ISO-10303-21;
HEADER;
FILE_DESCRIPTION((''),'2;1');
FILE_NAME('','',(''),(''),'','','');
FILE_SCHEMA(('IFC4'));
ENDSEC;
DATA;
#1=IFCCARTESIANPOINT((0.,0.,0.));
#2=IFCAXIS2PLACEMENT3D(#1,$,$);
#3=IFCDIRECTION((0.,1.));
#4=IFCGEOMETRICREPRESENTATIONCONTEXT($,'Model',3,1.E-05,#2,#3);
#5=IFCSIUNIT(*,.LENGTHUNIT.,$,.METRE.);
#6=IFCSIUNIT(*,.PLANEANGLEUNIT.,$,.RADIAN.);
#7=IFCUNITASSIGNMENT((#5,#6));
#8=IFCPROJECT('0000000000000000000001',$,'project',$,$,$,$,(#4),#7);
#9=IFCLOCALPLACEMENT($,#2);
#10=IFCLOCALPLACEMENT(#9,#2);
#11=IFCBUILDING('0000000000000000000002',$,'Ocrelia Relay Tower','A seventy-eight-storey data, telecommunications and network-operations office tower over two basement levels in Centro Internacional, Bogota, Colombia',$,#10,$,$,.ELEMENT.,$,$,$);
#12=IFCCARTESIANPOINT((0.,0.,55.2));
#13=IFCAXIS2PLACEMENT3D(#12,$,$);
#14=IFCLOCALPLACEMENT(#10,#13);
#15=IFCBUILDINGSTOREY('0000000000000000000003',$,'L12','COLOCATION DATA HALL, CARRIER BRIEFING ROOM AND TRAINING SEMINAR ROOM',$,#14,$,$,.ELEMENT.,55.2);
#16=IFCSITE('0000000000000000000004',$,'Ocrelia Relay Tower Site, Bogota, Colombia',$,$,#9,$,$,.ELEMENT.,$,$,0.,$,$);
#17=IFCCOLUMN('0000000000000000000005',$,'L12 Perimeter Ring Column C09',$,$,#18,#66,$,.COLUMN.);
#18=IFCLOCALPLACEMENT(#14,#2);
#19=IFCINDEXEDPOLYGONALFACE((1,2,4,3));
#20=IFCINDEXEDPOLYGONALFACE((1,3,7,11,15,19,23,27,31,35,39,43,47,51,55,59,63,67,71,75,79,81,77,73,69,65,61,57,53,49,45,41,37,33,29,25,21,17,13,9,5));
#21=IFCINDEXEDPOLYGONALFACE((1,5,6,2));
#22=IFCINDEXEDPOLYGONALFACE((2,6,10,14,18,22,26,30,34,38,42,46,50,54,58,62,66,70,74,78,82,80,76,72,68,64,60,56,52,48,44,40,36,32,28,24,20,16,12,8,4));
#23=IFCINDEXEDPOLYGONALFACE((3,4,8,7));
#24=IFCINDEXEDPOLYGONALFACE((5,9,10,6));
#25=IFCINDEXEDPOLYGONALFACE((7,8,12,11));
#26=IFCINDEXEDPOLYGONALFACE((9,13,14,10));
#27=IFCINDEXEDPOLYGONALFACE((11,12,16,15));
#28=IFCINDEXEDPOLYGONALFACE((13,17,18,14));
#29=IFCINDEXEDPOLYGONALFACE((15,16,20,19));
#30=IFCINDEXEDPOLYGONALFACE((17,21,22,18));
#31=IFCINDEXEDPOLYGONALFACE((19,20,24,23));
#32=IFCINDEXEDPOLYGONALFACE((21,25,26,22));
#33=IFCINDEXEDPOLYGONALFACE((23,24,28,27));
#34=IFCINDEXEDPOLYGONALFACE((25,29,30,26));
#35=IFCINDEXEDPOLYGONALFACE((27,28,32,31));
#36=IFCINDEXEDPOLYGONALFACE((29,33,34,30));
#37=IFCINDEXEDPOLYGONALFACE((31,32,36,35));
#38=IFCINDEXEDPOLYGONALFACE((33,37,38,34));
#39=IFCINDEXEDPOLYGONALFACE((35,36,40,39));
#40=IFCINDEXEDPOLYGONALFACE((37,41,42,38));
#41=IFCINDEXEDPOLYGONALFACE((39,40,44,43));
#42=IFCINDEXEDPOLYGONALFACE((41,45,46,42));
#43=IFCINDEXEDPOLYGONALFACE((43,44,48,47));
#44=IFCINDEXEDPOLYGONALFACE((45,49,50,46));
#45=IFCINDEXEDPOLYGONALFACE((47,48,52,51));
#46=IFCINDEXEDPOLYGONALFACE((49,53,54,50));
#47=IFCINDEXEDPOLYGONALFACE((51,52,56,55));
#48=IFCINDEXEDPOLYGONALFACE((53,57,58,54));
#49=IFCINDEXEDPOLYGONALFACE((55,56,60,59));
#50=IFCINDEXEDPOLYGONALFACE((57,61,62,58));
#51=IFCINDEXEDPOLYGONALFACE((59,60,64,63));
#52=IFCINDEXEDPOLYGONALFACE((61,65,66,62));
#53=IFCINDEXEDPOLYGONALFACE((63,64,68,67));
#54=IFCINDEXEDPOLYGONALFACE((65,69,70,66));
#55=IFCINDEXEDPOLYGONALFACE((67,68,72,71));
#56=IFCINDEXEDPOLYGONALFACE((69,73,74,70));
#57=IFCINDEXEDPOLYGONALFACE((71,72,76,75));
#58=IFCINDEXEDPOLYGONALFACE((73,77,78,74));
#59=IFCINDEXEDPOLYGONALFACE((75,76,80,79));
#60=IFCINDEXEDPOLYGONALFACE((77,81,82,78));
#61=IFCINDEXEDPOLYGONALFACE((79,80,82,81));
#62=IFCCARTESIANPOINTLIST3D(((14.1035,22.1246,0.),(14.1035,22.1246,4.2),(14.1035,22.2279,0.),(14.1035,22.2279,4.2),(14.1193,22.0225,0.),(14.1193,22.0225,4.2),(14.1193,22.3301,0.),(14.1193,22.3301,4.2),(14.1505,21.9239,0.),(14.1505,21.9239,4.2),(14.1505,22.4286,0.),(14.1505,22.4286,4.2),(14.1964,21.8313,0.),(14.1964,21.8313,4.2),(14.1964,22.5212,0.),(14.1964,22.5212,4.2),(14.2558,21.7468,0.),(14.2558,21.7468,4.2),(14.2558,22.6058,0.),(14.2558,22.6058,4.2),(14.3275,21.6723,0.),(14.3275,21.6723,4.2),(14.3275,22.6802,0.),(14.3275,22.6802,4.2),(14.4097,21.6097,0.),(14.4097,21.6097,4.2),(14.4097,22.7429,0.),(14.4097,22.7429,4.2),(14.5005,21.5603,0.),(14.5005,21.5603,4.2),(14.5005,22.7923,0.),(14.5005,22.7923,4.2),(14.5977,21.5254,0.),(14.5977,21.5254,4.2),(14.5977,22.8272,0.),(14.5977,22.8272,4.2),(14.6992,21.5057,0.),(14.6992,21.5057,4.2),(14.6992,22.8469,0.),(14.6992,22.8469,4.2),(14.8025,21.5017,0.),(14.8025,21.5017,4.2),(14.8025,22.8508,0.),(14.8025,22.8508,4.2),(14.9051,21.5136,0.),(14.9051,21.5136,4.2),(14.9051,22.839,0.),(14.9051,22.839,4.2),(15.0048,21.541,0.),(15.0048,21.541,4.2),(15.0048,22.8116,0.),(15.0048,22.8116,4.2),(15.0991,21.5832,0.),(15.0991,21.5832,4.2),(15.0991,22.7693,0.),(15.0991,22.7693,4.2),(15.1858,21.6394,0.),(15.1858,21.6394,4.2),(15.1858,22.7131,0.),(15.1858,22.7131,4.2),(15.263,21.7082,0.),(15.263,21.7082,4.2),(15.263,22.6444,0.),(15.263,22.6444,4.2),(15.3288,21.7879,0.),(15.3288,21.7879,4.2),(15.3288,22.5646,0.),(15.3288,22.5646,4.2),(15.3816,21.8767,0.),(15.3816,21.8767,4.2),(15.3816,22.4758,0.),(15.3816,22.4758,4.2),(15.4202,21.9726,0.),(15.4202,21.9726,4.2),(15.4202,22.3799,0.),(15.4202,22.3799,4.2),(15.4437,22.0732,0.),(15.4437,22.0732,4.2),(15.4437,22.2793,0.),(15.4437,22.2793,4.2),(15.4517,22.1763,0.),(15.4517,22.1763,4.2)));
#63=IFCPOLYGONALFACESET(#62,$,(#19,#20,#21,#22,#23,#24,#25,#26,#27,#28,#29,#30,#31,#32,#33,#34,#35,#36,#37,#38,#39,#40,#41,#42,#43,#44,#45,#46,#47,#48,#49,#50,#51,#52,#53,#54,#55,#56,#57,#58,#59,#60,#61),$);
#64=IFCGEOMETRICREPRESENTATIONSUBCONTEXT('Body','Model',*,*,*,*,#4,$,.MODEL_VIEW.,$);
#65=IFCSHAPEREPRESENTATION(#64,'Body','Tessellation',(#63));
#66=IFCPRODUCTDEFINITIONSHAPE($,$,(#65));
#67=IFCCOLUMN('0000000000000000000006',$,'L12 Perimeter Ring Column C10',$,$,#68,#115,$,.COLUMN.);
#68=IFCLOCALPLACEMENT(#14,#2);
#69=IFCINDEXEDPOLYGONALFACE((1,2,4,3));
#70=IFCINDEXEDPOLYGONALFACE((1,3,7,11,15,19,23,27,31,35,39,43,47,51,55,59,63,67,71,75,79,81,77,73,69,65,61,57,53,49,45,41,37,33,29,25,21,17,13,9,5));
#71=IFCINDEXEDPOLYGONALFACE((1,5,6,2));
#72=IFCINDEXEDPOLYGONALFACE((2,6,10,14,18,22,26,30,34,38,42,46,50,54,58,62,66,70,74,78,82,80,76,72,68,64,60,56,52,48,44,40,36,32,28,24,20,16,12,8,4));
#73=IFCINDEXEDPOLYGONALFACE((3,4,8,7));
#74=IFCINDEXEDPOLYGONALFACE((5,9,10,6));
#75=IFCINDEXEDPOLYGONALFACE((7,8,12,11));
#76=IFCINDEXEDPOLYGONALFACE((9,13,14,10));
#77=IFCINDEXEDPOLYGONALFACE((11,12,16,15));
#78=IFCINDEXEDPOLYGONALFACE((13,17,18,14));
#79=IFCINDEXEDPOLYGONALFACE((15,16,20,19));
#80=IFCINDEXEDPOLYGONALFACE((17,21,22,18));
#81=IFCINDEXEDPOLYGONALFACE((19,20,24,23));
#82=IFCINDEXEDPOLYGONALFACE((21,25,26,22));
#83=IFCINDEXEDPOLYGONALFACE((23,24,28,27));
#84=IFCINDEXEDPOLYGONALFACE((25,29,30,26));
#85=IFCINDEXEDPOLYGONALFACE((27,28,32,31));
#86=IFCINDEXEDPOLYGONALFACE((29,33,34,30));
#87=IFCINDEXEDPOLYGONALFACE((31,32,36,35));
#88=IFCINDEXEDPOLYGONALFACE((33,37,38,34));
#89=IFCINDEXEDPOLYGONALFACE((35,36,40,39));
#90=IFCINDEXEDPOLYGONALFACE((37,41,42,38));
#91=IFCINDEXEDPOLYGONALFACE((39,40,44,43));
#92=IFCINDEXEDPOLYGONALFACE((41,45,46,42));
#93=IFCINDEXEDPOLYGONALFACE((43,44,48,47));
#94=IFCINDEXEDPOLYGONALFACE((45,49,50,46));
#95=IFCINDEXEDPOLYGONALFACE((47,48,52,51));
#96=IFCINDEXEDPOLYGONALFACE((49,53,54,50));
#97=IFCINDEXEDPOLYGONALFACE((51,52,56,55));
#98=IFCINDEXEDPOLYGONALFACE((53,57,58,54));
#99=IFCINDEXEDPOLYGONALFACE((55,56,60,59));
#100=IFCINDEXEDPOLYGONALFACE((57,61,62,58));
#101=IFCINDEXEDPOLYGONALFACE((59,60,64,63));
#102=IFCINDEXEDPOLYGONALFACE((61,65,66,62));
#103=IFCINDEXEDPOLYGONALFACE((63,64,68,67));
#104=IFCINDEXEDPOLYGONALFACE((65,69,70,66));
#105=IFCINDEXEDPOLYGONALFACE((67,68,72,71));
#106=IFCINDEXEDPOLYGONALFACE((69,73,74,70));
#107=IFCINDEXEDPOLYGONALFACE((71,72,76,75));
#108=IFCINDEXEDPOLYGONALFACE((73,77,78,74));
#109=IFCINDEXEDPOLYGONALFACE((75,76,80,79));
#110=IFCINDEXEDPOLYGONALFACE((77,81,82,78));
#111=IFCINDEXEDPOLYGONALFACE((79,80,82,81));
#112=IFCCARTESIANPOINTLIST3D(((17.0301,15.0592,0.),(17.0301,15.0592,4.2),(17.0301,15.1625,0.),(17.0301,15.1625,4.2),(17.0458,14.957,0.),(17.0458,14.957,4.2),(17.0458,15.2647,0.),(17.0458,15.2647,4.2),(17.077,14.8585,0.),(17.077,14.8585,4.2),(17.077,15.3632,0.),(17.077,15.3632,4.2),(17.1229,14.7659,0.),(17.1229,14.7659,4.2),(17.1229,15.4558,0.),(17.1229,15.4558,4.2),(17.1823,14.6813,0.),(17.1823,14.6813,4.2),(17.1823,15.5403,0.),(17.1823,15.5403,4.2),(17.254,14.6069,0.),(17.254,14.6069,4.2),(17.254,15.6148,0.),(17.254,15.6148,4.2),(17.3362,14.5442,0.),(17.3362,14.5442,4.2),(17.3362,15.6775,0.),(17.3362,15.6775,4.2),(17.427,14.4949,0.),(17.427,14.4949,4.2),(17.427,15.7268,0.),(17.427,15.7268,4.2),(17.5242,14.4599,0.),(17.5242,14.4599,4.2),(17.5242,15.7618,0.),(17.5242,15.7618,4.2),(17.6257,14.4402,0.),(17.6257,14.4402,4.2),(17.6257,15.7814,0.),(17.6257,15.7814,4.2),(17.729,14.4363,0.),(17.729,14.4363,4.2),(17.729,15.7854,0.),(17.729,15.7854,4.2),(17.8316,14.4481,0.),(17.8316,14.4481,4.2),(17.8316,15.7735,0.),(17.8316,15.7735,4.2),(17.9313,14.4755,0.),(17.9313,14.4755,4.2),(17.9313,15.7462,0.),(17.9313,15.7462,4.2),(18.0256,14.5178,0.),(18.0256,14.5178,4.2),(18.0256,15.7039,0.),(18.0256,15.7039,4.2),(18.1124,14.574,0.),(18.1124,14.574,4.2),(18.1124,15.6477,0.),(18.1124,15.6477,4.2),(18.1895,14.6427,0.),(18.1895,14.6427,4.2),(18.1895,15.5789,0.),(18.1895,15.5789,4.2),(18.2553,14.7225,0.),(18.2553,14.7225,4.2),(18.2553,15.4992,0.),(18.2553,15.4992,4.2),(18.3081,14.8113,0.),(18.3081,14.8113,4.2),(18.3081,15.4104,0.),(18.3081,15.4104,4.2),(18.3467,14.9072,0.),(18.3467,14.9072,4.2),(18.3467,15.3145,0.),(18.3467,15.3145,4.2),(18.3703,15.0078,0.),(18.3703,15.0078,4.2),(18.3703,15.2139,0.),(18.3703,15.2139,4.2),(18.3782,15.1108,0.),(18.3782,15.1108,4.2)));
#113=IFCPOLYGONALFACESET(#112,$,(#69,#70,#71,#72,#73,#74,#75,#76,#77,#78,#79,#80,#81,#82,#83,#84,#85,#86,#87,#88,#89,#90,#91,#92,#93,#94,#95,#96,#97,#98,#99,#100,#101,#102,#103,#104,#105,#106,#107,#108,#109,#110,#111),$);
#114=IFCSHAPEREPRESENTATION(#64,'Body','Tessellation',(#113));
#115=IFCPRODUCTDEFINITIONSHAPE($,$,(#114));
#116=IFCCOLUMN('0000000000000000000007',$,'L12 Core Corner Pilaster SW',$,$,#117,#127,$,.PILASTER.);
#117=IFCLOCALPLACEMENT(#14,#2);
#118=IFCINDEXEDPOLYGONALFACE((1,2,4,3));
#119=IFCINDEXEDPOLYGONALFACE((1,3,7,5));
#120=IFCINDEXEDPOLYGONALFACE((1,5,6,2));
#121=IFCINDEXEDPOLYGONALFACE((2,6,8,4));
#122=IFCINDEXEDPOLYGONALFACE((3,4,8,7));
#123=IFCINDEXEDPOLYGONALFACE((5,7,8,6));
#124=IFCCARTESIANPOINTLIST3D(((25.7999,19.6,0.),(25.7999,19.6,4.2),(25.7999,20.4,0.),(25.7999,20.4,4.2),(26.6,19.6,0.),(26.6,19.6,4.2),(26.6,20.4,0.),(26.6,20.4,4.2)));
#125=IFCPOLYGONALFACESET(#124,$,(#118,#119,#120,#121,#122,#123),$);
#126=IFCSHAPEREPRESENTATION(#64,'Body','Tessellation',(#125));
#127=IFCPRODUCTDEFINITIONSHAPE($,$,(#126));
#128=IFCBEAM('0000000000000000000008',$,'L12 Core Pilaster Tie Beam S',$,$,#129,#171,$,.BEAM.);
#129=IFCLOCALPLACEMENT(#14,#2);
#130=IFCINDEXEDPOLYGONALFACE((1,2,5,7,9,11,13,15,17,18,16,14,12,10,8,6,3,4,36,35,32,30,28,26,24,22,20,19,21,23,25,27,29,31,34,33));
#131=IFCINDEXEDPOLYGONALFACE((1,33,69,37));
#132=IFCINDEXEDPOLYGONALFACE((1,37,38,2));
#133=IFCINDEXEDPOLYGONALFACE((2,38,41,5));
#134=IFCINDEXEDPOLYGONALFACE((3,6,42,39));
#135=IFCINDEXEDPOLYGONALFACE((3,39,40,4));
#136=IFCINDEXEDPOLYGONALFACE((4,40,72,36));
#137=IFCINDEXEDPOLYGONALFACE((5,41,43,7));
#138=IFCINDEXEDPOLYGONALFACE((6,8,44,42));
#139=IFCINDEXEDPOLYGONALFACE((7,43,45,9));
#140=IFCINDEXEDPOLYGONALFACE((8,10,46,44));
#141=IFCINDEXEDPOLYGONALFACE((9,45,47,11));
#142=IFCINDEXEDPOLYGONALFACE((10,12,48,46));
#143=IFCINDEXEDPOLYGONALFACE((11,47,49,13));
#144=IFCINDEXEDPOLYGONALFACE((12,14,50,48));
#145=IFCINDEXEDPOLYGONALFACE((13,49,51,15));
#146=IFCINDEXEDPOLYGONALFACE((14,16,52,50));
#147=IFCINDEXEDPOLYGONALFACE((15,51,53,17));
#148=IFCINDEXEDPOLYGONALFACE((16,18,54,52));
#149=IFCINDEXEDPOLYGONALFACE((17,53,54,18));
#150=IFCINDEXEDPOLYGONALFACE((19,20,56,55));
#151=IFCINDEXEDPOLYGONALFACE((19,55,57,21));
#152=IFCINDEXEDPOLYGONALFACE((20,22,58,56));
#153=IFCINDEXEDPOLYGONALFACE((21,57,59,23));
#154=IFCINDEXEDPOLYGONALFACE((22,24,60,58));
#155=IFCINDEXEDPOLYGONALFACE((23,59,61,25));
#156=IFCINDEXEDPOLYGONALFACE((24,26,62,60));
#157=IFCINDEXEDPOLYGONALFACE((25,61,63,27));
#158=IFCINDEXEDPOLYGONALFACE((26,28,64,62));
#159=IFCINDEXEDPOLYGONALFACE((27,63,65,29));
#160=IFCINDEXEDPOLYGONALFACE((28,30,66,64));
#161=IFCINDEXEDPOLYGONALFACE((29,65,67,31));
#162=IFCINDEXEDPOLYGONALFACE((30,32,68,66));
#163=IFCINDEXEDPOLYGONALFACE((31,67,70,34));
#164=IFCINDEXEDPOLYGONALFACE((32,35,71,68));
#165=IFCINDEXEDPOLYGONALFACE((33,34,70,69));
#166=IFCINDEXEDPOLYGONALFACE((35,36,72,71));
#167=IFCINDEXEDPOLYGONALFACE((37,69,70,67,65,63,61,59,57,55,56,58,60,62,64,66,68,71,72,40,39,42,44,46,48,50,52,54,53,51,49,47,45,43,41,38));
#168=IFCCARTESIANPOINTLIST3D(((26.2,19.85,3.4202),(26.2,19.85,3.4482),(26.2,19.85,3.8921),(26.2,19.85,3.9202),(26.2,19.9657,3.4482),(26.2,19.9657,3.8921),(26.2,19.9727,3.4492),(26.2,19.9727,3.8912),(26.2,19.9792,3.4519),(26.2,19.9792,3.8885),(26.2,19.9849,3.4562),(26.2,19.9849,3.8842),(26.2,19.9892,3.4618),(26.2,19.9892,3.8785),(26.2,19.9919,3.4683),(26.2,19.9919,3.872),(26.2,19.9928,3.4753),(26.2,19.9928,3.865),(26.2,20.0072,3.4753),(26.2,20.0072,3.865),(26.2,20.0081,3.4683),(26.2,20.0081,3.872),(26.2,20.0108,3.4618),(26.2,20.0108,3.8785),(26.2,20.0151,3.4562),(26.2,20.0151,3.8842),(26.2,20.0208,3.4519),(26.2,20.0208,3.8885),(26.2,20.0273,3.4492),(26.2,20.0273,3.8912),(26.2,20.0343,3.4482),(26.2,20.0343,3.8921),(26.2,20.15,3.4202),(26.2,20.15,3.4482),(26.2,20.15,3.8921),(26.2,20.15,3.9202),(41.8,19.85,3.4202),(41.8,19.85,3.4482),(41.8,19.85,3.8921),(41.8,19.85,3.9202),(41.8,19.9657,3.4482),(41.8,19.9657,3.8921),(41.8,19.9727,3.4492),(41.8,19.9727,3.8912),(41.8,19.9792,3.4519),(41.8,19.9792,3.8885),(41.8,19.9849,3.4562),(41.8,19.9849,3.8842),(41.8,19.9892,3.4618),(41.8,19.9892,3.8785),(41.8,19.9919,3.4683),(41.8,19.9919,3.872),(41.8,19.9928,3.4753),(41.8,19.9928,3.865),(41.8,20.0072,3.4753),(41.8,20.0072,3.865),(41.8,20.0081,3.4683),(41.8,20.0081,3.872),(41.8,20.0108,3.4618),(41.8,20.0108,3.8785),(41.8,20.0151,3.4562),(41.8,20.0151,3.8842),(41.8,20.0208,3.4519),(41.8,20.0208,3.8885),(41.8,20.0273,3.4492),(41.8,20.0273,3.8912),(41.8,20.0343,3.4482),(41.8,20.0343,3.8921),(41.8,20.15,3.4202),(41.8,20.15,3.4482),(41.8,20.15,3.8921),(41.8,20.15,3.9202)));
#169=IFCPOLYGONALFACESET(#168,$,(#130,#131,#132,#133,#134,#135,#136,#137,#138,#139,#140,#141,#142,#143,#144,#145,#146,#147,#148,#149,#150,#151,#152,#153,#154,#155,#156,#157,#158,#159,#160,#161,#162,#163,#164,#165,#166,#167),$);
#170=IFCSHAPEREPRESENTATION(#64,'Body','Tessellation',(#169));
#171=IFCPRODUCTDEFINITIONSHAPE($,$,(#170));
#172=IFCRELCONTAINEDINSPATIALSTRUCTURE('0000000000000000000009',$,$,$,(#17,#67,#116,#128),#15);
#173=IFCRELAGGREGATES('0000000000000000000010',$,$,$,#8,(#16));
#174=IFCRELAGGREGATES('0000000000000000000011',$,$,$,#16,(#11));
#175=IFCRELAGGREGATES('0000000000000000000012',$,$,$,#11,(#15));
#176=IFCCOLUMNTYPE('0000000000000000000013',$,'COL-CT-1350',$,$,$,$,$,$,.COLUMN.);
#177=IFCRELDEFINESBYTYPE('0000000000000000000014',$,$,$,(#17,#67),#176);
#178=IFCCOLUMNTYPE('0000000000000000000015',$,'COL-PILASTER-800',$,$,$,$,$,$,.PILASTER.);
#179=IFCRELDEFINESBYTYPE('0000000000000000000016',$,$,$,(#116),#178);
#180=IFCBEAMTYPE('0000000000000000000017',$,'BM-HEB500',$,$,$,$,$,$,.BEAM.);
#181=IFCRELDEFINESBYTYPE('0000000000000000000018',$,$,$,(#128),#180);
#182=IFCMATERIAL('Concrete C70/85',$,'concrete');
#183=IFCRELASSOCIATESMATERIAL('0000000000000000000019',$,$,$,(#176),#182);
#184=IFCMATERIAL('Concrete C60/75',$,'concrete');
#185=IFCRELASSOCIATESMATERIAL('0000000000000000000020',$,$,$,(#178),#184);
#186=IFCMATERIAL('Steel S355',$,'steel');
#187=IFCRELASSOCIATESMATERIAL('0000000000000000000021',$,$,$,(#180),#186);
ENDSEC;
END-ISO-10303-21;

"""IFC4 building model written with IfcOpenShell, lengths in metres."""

from ifc_helpers import new_model, si_unit, direction, frame, origin, origin_2d, place, context, subcontext, project, spatial, rectangle, circle, i_section, extrude, material, material_profile, profile_set, type_object, element, save


model = new_model("IFC4")

# Units and contexts
model_context = context("Model", 3, precision=1e-05, world=origin(), true_north=direction((0.0, 1.0)))
body_context = subcontext(model_context, "Body", "Model", "MODEL_VIEW")
ifc_project = project(units=[si_unit("LENGTHUNIT", "METRE"), si_unit("PLANEANGLEUNIT", "RADIAN")], contexts=[model_context])

# Site, building, storey
site_placement = place(None, origin())
site = spatial("IfcSite", under=ifc_project, at=site_placement, Name="Ocrelia Relay Tower Site, Bogota, Colombia", CompositionType="ELEMENT", RefElevation=0.0)
building_placement = place(site_placement, origin())
building = spatial("IfcBuilding", under=site, at=building_placement, Name="Ocrelia Relay Tower", Description="A seventy-eight-storey data, telecommunications and network-operations office tower over two basement levels in Centro Internacional, Bogota, Colombia", CompositionType="ELEMENT")
storey_placement = place(building_placement, frame((0.0, 0.0, 55.2)))
storey = spatial("IfcBuildingStorey", under=building, at=storey_placement, Name="L12", Description="COLOCATION DATA HALL, CARRIER BRIEFING ROOM AND TRAINING SEMINAR ROOM", CompositionType="ELEMENT", Elevation=55.2)

# Columns
ifc_material_1 = material(Name="Concrete C70/85", Category="concrete")
ifc_material_profile_1 = material_profile(ifc_material_1, circle(Radius=0.675, at=origin_2d()), Name="RC-CIR-1350")
ifc_profile_set_1 = profile_set([ifc_material_profile_1], Name="Concrete C70/85")
column_type_1 = type_object("IfcColumnType", Name="COL-CT-1350", PredefinedType="COLUMN", material=ifc_profile_set_1)
for number, where, z_axis, x_axis, name in (
    (1, (14.7766, 22.1763, 0.0), (0.0, 0.0, 1.0), (1.0, 0.0, 0.0), "L12 Perimeter Ring Column C09"),
    (2, (17.7031, 15.1108, 0.0), (0.0, 0.0, 1.0), (1.0, 0.0, 0.0), "L12 Perimeter Ring Column C10"),
):
    element("IfcColumn", number, at=place(storey_placement, frame(where, z_axis=z_axis, x_axis=x_axis)), inside=storey, type_object=column_type_1, Name=name, PredefinedType="COLUMN", context=body_context, shape_type="SweptSolid", body=[
        extrude(circle(Radius=0.675, at=origin_2d()), origin(), (0.0, 0.0, 1.0), 4.2),
    ])
ifc_material_2 = material(Name="Concrete C60/75", Category="concrete")
ifc_material_profile_2 = material_profile(ifc_material_2, rectangle(XDim=0.8, YDim=0.8, at=origin_2d()), Name="RC-COL-800x800")
ifc_profile_set_2 = profile_set([ifc_material_profile_2], Name="Concrete C60/75")
column_type_2 = type_object("IfcColumnType", Name="COL-PILASTER-800", PredefinedType="PILASTER", material=ifc_profile_set_2)
column_placement = place(storey_placement, frame((26.2, 20.0, 0.0), z_axis=(0.0, 0.0, 1.0), x_axis=(1.0, 0.0, 0.0)))
element("IfcColumn", 3, at=column_placement, inside=storey, type_object=column_type_2, Name="L12 Core Corner Pilaster SW", PredefinedType="PILASTER", context=body_context, shape_type="SweptSolid", body=[
    extrude(rectangle(XDim=0.8, YDim=0.8, at=origin_2d()), origin(), (0.0, 0.0, 1.0), 4.2),
])

# Beam
ifc_material_3 = material(Name="Steel S355", Category="steel")
ifc_material_profile_3 = material_profile(ifc_material_3, i_section(OverallWidth=0.3, OverallDepth=0.5, WebThickness=0.0144, FlangeThickness=0.0281, FilletRadius=0.0271, at=origin_2d()), Name="HEB 500")
ifc_profile_set_3 = profile_set([ifc_material_profile_3], Name="Steel S355")
beam_type_1 = type_object("IfcBeamType", Name="BM-HEB500", PredefinedType="BEAM", material=ifc_profile_set_3)
beam_1_placement = place(storey_placement, frame((26.2, 20.0, 3.6702), z_axis=(1.0, 0.0, 0.0), x_axis=(0.0, 1.0, 0.0)))
element("IfcBeam", 4, at=beam_1_placement, inside=storey, type_object=beam_type_1, Name="L12 Core Pilaster Tie Beam S", PredefinedType="BEAM", context=body_context, shape_type="SweptSolid", body=[
    extrude(i_section(OverallWidth=0.3, OverallDepth=0.5, WebThickness=0.0144, FlangeThickness=0.0281, FilletRadius=0.0271, at=origin_2d()), origin(), (0.0, 0.0, 1.0), 15.6001),
])

save(model, "model.ifc")
